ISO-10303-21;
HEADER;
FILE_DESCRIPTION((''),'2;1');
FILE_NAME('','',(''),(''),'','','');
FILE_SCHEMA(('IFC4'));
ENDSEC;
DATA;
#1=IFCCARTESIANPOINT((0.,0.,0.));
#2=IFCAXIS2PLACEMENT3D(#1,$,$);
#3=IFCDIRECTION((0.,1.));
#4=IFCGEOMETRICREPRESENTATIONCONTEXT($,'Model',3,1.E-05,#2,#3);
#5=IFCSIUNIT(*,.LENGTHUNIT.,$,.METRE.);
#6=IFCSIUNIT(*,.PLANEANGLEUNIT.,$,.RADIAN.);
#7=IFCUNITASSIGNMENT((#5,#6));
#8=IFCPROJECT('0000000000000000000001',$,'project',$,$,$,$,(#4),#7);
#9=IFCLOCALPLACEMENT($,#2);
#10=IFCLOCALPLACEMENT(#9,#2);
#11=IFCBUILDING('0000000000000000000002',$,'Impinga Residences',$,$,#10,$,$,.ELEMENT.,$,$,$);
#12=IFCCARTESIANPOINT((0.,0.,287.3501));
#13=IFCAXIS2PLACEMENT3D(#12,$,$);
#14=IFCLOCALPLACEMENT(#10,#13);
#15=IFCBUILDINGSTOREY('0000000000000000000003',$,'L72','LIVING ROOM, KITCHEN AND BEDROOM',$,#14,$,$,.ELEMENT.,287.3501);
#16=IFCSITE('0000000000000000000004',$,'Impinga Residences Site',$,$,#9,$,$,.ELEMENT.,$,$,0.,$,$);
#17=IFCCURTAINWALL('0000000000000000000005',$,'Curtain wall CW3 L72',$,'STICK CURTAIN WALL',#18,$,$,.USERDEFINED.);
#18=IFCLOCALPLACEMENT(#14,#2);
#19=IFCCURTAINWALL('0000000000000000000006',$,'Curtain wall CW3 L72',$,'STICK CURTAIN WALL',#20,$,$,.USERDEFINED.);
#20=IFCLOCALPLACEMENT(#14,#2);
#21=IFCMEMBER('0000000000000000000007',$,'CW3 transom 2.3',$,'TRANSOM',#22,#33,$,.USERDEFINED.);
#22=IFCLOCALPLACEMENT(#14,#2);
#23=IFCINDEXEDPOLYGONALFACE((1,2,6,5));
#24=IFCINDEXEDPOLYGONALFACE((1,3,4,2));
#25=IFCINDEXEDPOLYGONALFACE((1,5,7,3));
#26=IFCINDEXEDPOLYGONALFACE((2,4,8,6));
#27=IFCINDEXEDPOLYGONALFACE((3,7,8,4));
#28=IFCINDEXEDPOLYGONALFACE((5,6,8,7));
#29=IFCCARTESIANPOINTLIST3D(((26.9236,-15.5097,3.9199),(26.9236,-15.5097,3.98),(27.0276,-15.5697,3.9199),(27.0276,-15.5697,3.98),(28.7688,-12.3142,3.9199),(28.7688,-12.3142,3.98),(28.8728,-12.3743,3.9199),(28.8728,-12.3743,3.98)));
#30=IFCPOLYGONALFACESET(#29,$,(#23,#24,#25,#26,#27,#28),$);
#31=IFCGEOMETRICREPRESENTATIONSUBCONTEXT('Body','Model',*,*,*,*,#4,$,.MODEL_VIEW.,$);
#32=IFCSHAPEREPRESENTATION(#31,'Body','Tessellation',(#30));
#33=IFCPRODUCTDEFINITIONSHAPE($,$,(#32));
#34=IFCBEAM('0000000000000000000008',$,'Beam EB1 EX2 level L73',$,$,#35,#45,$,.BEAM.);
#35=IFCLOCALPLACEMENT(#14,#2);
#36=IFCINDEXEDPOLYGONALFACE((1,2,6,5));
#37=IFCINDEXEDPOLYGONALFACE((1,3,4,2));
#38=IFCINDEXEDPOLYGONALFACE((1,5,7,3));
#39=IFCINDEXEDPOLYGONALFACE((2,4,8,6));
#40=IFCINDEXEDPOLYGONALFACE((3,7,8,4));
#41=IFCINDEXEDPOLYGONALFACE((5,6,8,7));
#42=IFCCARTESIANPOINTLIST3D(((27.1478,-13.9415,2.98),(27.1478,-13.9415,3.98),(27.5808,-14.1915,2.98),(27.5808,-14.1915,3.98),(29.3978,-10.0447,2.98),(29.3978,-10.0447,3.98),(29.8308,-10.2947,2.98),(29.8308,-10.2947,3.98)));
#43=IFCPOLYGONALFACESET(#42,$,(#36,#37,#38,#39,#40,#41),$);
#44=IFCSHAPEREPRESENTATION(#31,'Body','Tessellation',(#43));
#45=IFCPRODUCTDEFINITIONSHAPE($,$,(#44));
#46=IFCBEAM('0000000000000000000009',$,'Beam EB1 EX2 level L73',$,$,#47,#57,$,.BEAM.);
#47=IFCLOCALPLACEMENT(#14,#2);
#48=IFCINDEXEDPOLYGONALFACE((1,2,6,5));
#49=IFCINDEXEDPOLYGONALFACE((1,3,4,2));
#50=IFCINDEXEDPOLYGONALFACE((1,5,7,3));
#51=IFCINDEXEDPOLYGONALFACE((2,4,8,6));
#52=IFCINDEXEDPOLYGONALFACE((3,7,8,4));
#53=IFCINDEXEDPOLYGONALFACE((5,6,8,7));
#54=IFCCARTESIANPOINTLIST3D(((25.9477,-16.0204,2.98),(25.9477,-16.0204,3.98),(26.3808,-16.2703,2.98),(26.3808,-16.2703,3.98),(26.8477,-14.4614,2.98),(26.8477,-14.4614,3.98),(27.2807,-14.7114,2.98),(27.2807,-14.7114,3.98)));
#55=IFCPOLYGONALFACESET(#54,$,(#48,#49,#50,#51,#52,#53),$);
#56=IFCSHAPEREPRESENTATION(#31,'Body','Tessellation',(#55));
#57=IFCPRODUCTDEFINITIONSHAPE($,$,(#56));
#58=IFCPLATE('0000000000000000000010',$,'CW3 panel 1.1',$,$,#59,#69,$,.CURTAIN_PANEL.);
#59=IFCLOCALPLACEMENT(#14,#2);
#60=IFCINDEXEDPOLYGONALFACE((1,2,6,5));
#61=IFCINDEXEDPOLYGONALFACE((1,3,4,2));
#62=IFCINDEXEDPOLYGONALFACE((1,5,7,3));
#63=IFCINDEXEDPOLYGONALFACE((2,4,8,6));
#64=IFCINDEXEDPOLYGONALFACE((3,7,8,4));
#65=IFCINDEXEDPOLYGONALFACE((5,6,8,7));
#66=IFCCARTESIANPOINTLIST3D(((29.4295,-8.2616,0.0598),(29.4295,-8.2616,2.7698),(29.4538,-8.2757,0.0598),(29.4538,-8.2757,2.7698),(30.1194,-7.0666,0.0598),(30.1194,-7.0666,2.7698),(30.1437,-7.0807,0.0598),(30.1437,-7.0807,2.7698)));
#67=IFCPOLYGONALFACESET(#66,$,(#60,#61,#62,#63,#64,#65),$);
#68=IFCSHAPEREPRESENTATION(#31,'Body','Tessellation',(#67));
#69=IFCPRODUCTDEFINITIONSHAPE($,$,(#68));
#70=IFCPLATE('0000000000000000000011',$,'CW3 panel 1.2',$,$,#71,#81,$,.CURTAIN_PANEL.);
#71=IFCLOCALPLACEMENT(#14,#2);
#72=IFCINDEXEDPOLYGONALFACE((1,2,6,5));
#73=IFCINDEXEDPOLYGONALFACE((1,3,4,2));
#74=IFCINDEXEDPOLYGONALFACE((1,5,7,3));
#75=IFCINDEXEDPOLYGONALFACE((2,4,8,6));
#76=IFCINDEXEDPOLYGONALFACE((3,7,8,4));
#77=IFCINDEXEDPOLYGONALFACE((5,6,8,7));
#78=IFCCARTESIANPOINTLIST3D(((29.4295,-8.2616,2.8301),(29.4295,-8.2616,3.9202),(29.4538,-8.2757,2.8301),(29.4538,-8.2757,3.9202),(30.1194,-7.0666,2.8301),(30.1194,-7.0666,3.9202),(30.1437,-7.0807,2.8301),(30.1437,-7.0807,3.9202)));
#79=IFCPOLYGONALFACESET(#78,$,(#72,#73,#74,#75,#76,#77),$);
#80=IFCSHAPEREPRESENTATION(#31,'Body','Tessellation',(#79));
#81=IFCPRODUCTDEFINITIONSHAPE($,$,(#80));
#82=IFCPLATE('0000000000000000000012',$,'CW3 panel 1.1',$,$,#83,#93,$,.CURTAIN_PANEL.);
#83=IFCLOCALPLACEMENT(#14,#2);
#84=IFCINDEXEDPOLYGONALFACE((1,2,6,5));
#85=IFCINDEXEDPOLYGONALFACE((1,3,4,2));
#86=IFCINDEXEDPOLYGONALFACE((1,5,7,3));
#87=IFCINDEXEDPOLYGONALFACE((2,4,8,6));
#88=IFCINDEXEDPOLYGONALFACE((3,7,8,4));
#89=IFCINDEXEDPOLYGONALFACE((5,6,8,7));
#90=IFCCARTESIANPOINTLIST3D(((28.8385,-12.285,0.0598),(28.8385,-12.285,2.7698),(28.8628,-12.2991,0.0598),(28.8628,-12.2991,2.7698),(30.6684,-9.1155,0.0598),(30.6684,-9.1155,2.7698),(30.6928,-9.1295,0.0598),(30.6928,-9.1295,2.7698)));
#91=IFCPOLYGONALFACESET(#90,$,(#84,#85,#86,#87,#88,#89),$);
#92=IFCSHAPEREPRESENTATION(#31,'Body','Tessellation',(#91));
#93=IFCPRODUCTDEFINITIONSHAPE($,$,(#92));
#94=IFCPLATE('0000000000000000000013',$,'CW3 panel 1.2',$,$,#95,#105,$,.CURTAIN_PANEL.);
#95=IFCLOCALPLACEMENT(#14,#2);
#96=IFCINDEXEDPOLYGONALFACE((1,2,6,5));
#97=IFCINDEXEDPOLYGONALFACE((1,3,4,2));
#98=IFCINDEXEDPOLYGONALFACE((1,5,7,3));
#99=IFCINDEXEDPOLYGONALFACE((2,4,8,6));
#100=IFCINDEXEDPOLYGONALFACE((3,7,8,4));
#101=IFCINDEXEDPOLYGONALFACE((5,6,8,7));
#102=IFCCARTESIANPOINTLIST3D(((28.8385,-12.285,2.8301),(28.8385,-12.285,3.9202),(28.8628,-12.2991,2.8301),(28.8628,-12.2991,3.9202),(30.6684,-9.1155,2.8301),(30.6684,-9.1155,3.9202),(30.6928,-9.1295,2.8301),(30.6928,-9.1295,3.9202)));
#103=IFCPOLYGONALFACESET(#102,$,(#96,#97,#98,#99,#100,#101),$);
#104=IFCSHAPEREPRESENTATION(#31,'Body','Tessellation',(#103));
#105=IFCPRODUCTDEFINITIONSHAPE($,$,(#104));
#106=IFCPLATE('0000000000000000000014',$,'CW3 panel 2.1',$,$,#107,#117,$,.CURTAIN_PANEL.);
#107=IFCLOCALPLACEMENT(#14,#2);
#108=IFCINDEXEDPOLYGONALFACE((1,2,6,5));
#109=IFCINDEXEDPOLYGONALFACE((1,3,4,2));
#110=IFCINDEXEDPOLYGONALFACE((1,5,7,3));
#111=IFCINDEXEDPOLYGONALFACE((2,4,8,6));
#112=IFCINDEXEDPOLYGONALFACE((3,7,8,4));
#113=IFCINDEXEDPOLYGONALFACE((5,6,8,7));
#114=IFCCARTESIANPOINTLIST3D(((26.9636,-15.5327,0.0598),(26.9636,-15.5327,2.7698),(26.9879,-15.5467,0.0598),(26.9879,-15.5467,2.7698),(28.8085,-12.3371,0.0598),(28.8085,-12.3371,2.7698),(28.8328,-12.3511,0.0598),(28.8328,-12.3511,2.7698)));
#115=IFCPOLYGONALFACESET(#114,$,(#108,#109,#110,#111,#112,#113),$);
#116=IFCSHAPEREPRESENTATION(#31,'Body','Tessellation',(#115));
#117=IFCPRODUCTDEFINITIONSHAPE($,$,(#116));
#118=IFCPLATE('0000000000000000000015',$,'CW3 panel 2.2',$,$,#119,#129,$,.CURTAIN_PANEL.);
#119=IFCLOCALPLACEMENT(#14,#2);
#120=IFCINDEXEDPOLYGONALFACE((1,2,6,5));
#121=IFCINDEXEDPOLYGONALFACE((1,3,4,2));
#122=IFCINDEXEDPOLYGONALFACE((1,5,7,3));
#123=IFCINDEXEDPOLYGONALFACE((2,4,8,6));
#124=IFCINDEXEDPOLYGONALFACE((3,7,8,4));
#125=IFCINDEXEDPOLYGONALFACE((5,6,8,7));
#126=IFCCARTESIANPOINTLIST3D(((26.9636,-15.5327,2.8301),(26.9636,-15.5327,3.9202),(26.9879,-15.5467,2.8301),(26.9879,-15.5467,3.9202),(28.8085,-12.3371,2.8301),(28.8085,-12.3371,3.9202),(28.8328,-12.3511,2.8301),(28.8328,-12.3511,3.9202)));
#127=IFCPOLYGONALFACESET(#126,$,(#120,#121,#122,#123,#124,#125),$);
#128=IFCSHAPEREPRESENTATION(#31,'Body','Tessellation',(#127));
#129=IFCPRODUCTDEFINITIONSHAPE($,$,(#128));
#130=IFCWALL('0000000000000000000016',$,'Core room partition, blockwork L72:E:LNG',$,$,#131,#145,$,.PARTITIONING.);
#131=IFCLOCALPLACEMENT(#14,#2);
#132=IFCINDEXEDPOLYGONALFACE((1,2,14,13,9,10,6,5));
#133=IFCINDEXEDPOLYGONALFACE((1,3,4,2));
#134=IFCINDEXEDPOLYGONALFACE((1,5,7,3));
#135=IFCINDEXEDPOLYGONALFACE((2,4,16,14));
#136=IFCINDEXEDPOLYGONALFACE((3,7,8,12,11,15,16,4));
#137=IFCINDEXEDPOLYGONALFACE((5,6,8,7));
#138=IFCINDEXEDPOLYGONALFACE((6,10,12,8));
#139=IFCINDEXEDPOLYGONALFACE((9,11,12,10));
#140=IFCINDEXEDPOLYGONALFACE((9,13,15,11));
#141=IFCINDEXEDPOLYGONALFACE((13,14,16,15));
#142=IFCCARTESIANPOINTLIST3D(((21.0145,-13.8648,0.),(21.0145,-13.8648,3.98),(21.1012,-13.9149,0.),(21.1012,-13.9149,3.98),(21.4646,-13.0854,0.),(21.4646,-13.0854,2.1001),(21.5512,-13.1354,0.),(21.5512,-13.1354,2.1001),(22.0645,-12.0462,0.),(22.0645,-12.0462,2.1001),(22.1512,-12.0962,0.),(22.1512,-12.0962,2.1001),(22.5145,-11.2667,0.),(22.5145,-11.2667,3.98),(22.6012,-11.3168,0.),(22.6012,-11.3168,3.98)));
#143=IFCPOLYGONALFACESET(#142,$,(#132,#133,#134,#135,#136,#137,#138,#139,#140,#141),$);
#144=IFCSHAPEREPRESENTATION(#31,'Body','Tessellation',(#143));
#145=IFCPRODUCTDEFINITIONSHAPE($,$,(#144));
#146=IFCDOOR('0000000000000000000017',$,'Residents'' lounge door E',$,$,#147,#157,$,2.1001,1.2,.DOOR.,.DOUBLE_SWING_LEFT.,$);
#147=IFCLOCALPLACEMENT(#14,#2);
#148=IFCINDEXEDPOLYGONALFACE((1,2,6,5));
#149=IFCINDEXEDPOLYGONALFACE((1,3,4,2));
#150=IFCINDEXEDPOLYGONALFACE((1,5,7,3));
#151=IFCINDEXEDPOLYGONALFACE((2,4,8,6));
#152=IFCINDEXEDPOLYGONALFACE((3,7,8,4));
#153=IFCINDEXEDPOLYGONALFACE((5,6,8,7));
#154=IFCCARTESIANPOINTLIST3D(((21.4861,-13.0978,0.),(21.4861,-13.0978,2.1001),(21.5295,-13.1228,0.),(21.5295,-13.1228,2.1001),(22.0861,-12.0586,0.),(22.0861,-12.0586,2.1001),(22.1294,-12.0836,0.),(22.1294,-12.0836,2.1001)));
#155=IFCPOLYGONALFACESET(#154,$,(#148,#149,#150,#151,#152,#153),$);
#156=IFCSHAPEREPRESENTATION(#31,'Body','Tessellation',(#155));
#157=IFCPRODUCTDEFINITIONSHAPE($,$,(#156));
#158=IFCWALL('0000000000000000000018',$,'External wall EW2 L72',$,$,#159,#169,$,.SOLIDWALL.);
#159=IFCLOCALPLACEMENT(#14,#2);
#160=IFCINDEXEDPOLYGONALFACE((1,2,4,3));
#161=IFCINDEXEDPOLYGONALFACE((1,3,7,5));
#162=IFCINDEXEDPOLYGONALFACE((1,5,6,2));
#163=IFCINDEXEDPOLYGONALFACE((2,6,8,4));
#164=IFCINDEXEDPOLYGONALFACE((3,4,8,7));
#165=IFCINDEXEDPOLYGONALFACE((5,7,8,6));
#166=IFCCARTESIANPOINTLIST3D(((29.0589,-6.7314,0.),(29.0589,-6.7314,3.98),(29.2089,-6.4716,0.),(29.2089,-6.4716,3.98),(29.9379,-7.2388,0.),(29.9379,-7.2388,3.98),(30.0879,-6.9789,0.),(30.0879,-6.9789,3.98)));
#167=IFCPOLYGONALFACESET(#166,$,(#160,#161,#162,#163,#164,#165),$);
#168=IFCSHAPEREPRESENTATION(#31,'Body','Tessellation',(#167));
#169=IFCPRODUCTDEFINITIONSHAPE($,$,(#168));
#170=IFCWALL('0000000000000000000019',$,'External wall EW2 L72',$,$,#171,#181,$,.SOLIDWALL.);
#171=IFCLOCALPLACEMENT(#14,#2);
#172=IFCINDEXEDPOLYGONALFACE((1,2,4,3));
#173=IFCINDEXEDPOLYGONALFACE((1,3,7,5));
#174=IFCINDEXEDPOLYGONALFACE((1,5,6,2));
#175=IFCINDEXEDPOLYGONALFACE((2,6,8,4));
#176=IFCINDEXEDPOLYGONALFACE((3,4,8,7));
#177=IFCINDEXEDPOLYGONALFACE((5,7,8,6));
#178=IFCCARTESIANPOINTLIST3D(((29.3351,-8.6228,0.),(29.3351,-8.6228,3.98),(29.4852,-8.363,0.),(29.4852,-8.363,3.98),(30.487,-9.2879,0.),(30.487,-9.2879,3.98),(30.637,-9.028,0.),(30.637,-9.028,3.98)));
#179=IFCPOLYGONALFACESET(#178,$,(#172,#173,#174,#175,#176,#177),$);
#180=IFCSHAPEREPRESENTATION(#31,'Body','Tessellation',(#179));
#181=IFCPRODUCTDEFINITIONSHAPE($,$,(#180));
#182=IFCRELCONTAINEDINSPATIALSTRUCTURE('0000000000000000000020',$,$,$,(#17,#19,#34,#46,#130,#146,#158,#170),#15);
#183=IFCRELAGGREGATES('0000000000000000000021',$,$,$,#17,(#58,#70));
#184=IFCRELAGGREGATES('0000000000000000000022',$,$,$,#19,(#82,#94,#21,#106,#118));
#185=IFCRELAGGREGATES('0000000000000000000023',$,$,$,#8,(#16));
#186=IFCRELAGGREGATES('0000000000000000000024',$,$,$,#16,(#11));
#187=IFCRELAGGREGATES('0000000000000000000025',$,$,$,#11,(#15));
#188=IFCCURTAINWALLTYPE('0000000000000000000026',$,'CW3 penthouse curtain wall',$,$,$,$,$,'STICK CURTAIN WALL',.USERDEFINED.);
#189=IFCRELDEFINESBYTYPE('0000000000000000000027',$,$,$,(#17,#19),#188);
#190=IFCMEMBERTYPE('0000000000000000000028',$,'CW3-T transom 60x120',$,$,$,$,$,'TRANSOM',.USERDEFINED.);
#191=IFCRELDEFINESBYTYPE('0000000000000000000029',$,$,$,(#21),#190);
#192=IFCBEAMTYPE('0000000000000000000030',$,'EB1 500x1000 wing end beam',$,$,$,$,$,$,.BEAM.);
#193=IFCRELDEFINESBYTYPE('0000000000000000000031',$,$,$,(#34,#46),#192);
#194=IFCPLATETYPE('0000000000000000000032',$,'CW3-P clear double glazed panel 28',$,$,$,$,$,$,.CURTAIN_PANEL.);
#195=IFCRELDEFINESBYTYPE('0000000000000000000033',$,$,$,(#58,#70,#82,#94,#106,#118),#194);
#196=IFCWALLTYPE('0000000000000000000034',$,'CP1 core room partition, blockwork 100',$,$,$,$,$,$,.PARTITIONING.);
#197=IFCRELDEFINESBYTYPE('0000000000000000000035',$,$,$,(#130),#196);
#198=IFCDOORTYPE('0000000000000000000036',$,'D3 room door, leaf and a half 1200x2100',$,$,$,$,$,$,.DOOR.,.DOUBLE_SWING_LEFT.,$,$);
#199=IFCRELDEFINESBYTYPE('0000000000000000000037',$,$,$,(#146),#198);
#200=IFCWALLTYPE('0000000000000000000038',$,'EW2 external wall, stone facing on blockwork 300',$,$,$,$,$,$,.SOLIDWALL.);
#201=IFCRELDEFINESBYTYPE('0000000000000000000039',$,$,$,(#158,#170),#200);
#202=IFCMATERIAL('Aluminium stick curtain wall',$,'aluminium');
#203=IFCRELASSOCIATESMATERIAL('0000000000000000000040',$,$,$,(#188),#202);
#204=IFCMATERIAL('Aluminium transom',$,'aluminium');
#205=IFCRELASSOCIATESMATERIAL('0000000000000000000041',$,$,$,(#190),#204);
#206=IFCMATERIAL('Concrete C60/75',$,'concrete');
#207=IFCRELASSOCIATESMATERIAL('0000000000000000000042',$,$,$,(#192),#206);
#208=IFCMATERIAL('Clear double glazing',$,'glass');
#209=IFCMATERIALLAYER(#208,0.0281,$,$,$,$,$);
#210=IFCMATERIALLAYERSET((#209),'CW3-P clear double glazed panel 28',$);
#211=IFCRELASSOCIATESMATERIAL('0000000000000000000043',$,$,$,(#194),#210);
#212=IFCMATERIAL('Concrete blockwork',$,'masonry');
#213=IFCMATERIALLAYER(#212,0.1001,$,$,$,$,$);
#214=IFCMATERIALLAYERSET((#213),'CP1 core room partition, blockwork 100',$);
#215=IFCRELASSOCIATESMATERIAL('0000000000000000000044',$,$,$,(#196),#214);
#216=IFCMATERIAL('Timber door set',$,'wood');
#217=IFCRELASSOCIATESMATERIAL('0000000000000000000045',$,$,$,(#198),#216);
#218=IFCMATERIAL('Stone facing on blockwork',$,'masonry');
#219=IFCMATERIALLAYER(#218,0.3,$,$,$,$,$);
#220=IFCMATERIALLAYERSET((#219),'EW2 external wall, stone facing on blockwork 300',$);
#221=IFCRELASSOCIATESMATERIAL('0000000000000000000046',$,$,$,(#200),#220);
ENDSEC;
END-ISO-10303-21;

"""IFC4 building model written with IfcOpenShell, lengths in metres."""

from ifc_helpers import new_model, si_unit, direction, frame, frame_2d, origin, origin_2d, place, context, subcontext, project, spatial, rectangle, extrude, material, layer, layer_set, material_profile, profile_set, type_object, element, fill, aggregate, save


model = new_model("IFC4")

# Units and contexts
model_context = context("Model", 3, precision=1e-05, world=origin(), true_north=direction((0.0, 1.0)))
body_context = subcontext(model_context, "Body", "Model", "MODEL_VIEW")
ifc_project = project(units=[si_unit("LENGTHUNIT", "METRE"), si_unit("PLANEANGLEUNIT", "RADIAN")], contexts=[model_context])

# Site, building, storey
site_placement = place(None, origin())
site = spatial("IfcSite", under=ifc_project, at=site_placement, Name="Impinga Residences Site", CompositionType="ELEMENT", RefElevation=0.0)
building_placement = place(site_placement, origin())
building = spatial("IfcBuilding", under=site, at=building_placement, Name="Impinga Residences", CompositionType="ELEMENT")
storey_placement = place(building_placement, frame((0.0, 0.0, 287.3501)))
storey = spatial("IfcBuildingStorey", under=building, at=storey_placement, Name="L72", Description="LIVING ROOM, KITCHEN AND BEDROOM", CompositionType="ELEMENT", Elevation=287.3501)

# Shared definitions
ifc_material_1 = material(Name="Concrete C60/75", Category="concrete")

# Curtain walls
ifc_material_2 = material(Name="Aluminium stick curtain wall", Category="aluminium")
curtain_wall_type = type_object("IfcCurtainWallType", Name="CW3 penthouse curtain wall", ElementType="STICK CURTAIN WALL", PredefinedType="USERDEFINED", material=ifc_material_2)
curtain_wall_1_placement = place(storey_placement, origin())
curtain_wall_1 = element("IfcCurtainWall", 1, at=curtain_wall_1_placement, inside=storey, type_object=curtain_wall_type, Name="Curtain wall CW3 L72", ObjectType="STICK CURTAIN WALL", PredefinedType="USERDEFINED")
curtain_wall_2_placement = place(storey_placement, origin())
curtain_wall_2 = element("IfcCurtainWall", 2, at=curtain_wall_2_placement, inside=storey, type_object=curtain_wall_type, Name="Curtain wall CW3 L72", ObjectType="STICK CURTAIN WALL", PredefinedType="USERDEFINED")

# Member
ifc_material_3 = material(Name="Aluminium transom", Category="aluminium")
ifc_material_profile_1 = material_profile(ifc_material_3, rectangle(XDim=0.0601, YDim=0.1201, at=origin_2d()), Name="60x120 transom")
ifc_profile_set_1 = profile_set([ifc_material_profile_1], Name="Aluminium transom")
member_type_1 = type_object("IfcMemberType", Name="CW3-T transom 60x120", ElementType="TRANSOM", PredefinedType="USERDEFINED", material=ifc_profile_set_1)
member_1_placement = place(storey_placement, frame((28.8208, -12.3442, 3.95), z_axis=(-0.500053, -0.865995, 0.0), x_axis=(0.0, 0.0, 1.0)))
member_1 = element("IfcMember", 3, at=member_1_placement, type_object=member_type_1, Name="CW3 transom 2.3", ObjectType="TRANSOM", PredefinedType="USERDEFINED", context=body_context, shape_type="SweptSolid", body=[
    extrude(rectangle(XDim=0.0601, YDim=0.1201, at=origin_2d()), origin(), (0.0, 0.0, 1.0), 3.6899),
])

# Beams
ifc_material_profile_2 = material_profile(ifc_material_1, rectangle(XDim=0.5, YDim=1.0, at=origin_2d()), Name="RC 500x1000")
ifc_profile_set_2 = profile_set([ifc_material_profile_2], Name="Concrete C60/75")
beam_type_1 = type_object("IfcBeamType", Name="EB1 500x1000 wing end beam", PredefinedType="BEAM", material=ifc_profile_set_2)
beam_1_placement = place(storey_placement, frame((29.6143, -10.1697, 3.48), z_axis=(-0.500014, -0.866018, 0.0), x_axis=(0.866018, -0.500014, 0.0)))
element("IfcBeam", 4, at=beam_1_placement, inside=storey, type_object=beam_type_1, Name="Beam EB1 EX2 level L73", PredefinedType="BEAM", context=body_context, shape_type="SweptSolid", body=[
    extrude(rectangle(XDim=0.5, YDim=1.0, at=origin_2d()), origin(), (0.0, 0.0, 1.0), 4.4998),
])
beam_2_placement = place(storey_placement, frame((27.0642, -14.5864, 3.48), z_axis=(-0.499961, -0.866048, 0.0), x_axis=(0.866048, -0.499961, 0.0)))
element("IfcBeam", 5, at=beam_2_placement, inside=storey, type_object=beam_type_1, Name="Beam EB1 EX2 level L73", PredefinedType="BEAM", context=body_context, shape_type="SweptSolid", body=[
    extrude(rectangle(XDim=0.5, YDim=1.0, at=origin_2d()), origin(), (0.0, 0.0, 1.0), 1.8),
])

# Plates
ifc_material_4 = material(Name="Clear double glazing", Category="glass")
ifc_layer_1 = layer(ifc_material_4, 0.0281)
ifc_layer_set_1 = layer_set([ifc_layer_1], Name="CW3-P clear double glazed panel 28")
plate_type = type_object("IfcPlateType", Name="CW3-P clear double glazed panel 28", PredefinedType="CURTAIN_PANEL", material=ifc_layer_set_1)
plate_1_placement = place(storey_placement, frame((29.7866, -7.6711, 0.0598), z_axis=(0.0, 0.0, 1.0), x_axis=(-0.5, -0.866025, 0.0)))
plate_1 = element("IfcPlate", 6, at=plate_1_placement, type_object=plate_type, Name="CW3 panel 1.1", PredefinedType="CURTAIN_PANEL", context=body_context, shape_type="SweptSolid", body=[
    extrude(rectangle(XDim=1.3799, YDim=0.0281, at=origin_2d()), origin(), (0.0, 0.0, 1.0), 2.71),
])
plate_2_placement = place(storey_placement, frame((29.7866, -7.6711, 2.8301), z_axis=(0.0, 0.0, 1.0), x_axis=(-0.5, -0.866025, 0.0)))
plate_2 = element("IfcPlate", 7, at=plate_2_placement, type_object=plate_type, Name="CW3 panel 1.2", PredefinedType="CURTAIN_PANEL", context=body_context, shape_type="SweptSolid", body=[
    extrude(rectangle(XDim=1.3799, YDim=0.0281, at=origin_2d()), origin(), (0.0, 0.0, 1.0), 1.0901),
])
aggregate(curtain_wall_1, [plate_1, plate_2])
plate_3_placement = place(storey_placement, frame((29.7656, -10.7073, 0.0598), z_axis=(0.0, 0.0, 1.0), x_axis=(-0.5, -0.866025, 0.0)))
plate_3 = element("IfcPlate", 8, at=plate_3_placement, type_object=plate_type, Name="CW3 panel 1.1", PredefinedType="CURTAIN_PANEL", context=body_context, shape_type="SweptSolid", body=[
    extrude(rectangle(XDim=3.6599, YDim=0.0281, at=origin_2d()), origin(), (0.0, 0.0, 1.0), 2.71),
])
plate_4_placement = place(storey_placement, frame((29.7656, -10.7073, 2.8301), z_axis=(0.0, 0.0, 1.0), x_axis=(-0.5, -0.866025, 0.0)))
plate_4 = element("IfcPlate", 9, at=plate_4_placement, type_object=plate_type, Name="CW3 panel 1.2", PredefinedType="CURTAIN_PANEL", context=body_context, shape_type="SweptSolid", body=[
    extrude(rectangle(XDim=3.6599, YDim=0.0281, at=origin_2d()), origin(), (0.0, 0.0, 1.0), 1.0901),
])
plate_5_placement = place(storey_placement, frame((27.8982, -13.9419, 0.0598), z_axis=(0.0, 0.0, 1.0), x_axis=(-0.5, -0.866025, 0.0)))
plate_5 = element("IfcPlate", 10, at=plate_5_placement, type_object=plate_type, Name="CW3 panel 2.1", PredefinedType="CURTAIN_PANEL", context=body_context, shape_type="SweptSolid", body=[
    extrude(rectangle(XDim=3.6899, YDim=0.0281, at=origin_2d()), origin(), (0.0, 0.0, 1.0), 2.71),
])
plate_6_placement = place(storey_placement, frame((27.8982, -13.9419, 2.8301), z_axis=(0.0, 0.0, 1.0), x_axis=(-0.5, -0.866025, 0.0)))
plate_6 = element("IfcPlate", 11, at=plate_6_placement, type_object=plate_type, Name="CW3 panel 2.2", PredefinedType="CURTAIN_PANEL", context=body_context, shape_type="SweptSolid", body=[
    extrude(rectangle(XDim=3.6899, YDim=0.0281, at=origin_2d()), origin(), (0.0, 0.0, 1.0), 1.0901),
])
aggregate(curtain_wall_2, [plate_3, plate_4, member_1, plate_5, plate_6])

# Wall, opening, door
ifc_material_5 = material(Name="Concrete blockwork", Category="masonry")
ifc_layer_2 = layer(ifc_material_5, 0.1001)
ifc_layer_set_2 = layer_set([ifc_layer_2], Name="CP1 core room partition, blockwork 100")
wall_type_1 = type_object("IfcWallType", Name="CP1 core room partition, blockwork 100", PredefinedType="PARTITIONING", material=ifc_layer_set_2)
wall_1_placement = place(storey_placement, frame((22.5579, -11.2917, 0.0), z_axis=(0.0, 0.0, 1.0), x_axis=(-0.49999, -0.866031, 0.0)))
wall_1 = element("IfcWall", 12, at=wall_1_placement, inside=storey, type_object=wall_type_1, Name="Core room partition, blockwork L72:E:LNG", PredefinedType="PARTITIONING", context=body_context, shape_type="SweptSolid", body=[
    extrude(rectangle(XDim=3.0, YDim=0.1001, at=frame_2d((1.5, 0.0))), origin(), (0.0, 0.0, 1.0), 3.98),
])
opening_placement = place(wall_1_placement, frame((0.8999, 0.0, 0.0)))
opening = element("IfcOpeningElement", 13, at=opening_placement, cuts=wall_1, PredefinedType="OPENING", context=body_context, shape_type="SweptSolid", body=[
    extrude(rectangle(XDim=1.2, YDim=2.1001, at=frame_2d((0.6001, 1.05))), frame((0.0, 0.0601, 0.0), z_axis=(0.0, -1.0, 0.0), x_axis=(1.0, 0.0, 0.0)), (0.0, 0.0, 1.0), 0.1201),
])
ifc_material_6 = material(Name="Timber door set", Category="wood")
door_type = type_object("IfcDoorType", Name="D3 room door, leaf and a half 1200x2100", OperationType="DOUBLE_SWING_LEFT", PredefinedType="DOOR", material=ifc_material_6)
door_placement = place(opening_placement, origin())
door = element("IfcDoor", 14, at=door_placement, inside=storey, type_object=door_type, Name="Residents' lounge door E", OperationType="DOUBLE_SWING_LEFT", OverallHeight=2.1001, OverallWidth=1.2, PredefinedType="DOOR", context=body_context, shape_type="SweptSolid", body=[
    extrude(rectangle(XDim=1.2, YDim=2.1001, at=frame_2d((0.6001, 1.05))), frame((0.0, 0.0249, 0.0), z_axis=(0.0, -1.0, 0.0), x_axis=(1.0, 0.0, 0.0)), (0.0, 0.0, 1.0), 0.05),
])
fill(opening, door)

# Walls
ifc_material_7 = material(Name="Stone facing on blockwork", Category="masonry")
ifc_layer_3 = layer(ifc_material_7, 0.3)
ifc_layer_set_3 = layer_set([ifc_layer_3], Name="EW2 external wall, stone facing on blockwork 300")
wall_type_2 = type_object("IfcWallType", Name="EW2 external wall, stone facing on blockwork 300", PredefinedType="SOLIDWALL", material=ifc_layer_set_3)
wall_2_placement = place(storey_placement, frame((29.134, -6.6016, 0.0), z_axis=(0.0, 0.0, 1.0), x_axis=(0.866073, -0.499917, 0.0)))
element("IfcWall", 15, at=wall_2_placement, inside=storey, type_object=wall_type_2, Name="External wall EW2 L72", PredefinedType="SOLIDWALL", context=body_context, shape_type="SweptSolid", body=[
    extrude(rectangle(XDim=1.0149, YDim=0.3, at=frame_2d((0.5073, 0.0))), origin(), (0.0, 0.0, 1.0), 3.98),
])
wall_3_placement = place(storey_placement, frame((29.4102, -8.4929, 0.0), z_axis=(0.0, 0.0, 1.0), x_axis=(0.866021, -0.500008, 0.0)))
element("IfcWall", 16, at=wall_3_placement, inside=storey, type_object=wall_type_2, Name="External wall EW2 L72", PredefinedType="SOLIDWALL", context=body_context, shape_type="SweptSolid", body=[
    extrude(rectangle(XDim=1.3301, YDim=0.3, at=frame_2d((0.665, 0.0))), origin(), (0.0, 0.0, 1.0), 3.98),
])

save(model, "model.ifc")
